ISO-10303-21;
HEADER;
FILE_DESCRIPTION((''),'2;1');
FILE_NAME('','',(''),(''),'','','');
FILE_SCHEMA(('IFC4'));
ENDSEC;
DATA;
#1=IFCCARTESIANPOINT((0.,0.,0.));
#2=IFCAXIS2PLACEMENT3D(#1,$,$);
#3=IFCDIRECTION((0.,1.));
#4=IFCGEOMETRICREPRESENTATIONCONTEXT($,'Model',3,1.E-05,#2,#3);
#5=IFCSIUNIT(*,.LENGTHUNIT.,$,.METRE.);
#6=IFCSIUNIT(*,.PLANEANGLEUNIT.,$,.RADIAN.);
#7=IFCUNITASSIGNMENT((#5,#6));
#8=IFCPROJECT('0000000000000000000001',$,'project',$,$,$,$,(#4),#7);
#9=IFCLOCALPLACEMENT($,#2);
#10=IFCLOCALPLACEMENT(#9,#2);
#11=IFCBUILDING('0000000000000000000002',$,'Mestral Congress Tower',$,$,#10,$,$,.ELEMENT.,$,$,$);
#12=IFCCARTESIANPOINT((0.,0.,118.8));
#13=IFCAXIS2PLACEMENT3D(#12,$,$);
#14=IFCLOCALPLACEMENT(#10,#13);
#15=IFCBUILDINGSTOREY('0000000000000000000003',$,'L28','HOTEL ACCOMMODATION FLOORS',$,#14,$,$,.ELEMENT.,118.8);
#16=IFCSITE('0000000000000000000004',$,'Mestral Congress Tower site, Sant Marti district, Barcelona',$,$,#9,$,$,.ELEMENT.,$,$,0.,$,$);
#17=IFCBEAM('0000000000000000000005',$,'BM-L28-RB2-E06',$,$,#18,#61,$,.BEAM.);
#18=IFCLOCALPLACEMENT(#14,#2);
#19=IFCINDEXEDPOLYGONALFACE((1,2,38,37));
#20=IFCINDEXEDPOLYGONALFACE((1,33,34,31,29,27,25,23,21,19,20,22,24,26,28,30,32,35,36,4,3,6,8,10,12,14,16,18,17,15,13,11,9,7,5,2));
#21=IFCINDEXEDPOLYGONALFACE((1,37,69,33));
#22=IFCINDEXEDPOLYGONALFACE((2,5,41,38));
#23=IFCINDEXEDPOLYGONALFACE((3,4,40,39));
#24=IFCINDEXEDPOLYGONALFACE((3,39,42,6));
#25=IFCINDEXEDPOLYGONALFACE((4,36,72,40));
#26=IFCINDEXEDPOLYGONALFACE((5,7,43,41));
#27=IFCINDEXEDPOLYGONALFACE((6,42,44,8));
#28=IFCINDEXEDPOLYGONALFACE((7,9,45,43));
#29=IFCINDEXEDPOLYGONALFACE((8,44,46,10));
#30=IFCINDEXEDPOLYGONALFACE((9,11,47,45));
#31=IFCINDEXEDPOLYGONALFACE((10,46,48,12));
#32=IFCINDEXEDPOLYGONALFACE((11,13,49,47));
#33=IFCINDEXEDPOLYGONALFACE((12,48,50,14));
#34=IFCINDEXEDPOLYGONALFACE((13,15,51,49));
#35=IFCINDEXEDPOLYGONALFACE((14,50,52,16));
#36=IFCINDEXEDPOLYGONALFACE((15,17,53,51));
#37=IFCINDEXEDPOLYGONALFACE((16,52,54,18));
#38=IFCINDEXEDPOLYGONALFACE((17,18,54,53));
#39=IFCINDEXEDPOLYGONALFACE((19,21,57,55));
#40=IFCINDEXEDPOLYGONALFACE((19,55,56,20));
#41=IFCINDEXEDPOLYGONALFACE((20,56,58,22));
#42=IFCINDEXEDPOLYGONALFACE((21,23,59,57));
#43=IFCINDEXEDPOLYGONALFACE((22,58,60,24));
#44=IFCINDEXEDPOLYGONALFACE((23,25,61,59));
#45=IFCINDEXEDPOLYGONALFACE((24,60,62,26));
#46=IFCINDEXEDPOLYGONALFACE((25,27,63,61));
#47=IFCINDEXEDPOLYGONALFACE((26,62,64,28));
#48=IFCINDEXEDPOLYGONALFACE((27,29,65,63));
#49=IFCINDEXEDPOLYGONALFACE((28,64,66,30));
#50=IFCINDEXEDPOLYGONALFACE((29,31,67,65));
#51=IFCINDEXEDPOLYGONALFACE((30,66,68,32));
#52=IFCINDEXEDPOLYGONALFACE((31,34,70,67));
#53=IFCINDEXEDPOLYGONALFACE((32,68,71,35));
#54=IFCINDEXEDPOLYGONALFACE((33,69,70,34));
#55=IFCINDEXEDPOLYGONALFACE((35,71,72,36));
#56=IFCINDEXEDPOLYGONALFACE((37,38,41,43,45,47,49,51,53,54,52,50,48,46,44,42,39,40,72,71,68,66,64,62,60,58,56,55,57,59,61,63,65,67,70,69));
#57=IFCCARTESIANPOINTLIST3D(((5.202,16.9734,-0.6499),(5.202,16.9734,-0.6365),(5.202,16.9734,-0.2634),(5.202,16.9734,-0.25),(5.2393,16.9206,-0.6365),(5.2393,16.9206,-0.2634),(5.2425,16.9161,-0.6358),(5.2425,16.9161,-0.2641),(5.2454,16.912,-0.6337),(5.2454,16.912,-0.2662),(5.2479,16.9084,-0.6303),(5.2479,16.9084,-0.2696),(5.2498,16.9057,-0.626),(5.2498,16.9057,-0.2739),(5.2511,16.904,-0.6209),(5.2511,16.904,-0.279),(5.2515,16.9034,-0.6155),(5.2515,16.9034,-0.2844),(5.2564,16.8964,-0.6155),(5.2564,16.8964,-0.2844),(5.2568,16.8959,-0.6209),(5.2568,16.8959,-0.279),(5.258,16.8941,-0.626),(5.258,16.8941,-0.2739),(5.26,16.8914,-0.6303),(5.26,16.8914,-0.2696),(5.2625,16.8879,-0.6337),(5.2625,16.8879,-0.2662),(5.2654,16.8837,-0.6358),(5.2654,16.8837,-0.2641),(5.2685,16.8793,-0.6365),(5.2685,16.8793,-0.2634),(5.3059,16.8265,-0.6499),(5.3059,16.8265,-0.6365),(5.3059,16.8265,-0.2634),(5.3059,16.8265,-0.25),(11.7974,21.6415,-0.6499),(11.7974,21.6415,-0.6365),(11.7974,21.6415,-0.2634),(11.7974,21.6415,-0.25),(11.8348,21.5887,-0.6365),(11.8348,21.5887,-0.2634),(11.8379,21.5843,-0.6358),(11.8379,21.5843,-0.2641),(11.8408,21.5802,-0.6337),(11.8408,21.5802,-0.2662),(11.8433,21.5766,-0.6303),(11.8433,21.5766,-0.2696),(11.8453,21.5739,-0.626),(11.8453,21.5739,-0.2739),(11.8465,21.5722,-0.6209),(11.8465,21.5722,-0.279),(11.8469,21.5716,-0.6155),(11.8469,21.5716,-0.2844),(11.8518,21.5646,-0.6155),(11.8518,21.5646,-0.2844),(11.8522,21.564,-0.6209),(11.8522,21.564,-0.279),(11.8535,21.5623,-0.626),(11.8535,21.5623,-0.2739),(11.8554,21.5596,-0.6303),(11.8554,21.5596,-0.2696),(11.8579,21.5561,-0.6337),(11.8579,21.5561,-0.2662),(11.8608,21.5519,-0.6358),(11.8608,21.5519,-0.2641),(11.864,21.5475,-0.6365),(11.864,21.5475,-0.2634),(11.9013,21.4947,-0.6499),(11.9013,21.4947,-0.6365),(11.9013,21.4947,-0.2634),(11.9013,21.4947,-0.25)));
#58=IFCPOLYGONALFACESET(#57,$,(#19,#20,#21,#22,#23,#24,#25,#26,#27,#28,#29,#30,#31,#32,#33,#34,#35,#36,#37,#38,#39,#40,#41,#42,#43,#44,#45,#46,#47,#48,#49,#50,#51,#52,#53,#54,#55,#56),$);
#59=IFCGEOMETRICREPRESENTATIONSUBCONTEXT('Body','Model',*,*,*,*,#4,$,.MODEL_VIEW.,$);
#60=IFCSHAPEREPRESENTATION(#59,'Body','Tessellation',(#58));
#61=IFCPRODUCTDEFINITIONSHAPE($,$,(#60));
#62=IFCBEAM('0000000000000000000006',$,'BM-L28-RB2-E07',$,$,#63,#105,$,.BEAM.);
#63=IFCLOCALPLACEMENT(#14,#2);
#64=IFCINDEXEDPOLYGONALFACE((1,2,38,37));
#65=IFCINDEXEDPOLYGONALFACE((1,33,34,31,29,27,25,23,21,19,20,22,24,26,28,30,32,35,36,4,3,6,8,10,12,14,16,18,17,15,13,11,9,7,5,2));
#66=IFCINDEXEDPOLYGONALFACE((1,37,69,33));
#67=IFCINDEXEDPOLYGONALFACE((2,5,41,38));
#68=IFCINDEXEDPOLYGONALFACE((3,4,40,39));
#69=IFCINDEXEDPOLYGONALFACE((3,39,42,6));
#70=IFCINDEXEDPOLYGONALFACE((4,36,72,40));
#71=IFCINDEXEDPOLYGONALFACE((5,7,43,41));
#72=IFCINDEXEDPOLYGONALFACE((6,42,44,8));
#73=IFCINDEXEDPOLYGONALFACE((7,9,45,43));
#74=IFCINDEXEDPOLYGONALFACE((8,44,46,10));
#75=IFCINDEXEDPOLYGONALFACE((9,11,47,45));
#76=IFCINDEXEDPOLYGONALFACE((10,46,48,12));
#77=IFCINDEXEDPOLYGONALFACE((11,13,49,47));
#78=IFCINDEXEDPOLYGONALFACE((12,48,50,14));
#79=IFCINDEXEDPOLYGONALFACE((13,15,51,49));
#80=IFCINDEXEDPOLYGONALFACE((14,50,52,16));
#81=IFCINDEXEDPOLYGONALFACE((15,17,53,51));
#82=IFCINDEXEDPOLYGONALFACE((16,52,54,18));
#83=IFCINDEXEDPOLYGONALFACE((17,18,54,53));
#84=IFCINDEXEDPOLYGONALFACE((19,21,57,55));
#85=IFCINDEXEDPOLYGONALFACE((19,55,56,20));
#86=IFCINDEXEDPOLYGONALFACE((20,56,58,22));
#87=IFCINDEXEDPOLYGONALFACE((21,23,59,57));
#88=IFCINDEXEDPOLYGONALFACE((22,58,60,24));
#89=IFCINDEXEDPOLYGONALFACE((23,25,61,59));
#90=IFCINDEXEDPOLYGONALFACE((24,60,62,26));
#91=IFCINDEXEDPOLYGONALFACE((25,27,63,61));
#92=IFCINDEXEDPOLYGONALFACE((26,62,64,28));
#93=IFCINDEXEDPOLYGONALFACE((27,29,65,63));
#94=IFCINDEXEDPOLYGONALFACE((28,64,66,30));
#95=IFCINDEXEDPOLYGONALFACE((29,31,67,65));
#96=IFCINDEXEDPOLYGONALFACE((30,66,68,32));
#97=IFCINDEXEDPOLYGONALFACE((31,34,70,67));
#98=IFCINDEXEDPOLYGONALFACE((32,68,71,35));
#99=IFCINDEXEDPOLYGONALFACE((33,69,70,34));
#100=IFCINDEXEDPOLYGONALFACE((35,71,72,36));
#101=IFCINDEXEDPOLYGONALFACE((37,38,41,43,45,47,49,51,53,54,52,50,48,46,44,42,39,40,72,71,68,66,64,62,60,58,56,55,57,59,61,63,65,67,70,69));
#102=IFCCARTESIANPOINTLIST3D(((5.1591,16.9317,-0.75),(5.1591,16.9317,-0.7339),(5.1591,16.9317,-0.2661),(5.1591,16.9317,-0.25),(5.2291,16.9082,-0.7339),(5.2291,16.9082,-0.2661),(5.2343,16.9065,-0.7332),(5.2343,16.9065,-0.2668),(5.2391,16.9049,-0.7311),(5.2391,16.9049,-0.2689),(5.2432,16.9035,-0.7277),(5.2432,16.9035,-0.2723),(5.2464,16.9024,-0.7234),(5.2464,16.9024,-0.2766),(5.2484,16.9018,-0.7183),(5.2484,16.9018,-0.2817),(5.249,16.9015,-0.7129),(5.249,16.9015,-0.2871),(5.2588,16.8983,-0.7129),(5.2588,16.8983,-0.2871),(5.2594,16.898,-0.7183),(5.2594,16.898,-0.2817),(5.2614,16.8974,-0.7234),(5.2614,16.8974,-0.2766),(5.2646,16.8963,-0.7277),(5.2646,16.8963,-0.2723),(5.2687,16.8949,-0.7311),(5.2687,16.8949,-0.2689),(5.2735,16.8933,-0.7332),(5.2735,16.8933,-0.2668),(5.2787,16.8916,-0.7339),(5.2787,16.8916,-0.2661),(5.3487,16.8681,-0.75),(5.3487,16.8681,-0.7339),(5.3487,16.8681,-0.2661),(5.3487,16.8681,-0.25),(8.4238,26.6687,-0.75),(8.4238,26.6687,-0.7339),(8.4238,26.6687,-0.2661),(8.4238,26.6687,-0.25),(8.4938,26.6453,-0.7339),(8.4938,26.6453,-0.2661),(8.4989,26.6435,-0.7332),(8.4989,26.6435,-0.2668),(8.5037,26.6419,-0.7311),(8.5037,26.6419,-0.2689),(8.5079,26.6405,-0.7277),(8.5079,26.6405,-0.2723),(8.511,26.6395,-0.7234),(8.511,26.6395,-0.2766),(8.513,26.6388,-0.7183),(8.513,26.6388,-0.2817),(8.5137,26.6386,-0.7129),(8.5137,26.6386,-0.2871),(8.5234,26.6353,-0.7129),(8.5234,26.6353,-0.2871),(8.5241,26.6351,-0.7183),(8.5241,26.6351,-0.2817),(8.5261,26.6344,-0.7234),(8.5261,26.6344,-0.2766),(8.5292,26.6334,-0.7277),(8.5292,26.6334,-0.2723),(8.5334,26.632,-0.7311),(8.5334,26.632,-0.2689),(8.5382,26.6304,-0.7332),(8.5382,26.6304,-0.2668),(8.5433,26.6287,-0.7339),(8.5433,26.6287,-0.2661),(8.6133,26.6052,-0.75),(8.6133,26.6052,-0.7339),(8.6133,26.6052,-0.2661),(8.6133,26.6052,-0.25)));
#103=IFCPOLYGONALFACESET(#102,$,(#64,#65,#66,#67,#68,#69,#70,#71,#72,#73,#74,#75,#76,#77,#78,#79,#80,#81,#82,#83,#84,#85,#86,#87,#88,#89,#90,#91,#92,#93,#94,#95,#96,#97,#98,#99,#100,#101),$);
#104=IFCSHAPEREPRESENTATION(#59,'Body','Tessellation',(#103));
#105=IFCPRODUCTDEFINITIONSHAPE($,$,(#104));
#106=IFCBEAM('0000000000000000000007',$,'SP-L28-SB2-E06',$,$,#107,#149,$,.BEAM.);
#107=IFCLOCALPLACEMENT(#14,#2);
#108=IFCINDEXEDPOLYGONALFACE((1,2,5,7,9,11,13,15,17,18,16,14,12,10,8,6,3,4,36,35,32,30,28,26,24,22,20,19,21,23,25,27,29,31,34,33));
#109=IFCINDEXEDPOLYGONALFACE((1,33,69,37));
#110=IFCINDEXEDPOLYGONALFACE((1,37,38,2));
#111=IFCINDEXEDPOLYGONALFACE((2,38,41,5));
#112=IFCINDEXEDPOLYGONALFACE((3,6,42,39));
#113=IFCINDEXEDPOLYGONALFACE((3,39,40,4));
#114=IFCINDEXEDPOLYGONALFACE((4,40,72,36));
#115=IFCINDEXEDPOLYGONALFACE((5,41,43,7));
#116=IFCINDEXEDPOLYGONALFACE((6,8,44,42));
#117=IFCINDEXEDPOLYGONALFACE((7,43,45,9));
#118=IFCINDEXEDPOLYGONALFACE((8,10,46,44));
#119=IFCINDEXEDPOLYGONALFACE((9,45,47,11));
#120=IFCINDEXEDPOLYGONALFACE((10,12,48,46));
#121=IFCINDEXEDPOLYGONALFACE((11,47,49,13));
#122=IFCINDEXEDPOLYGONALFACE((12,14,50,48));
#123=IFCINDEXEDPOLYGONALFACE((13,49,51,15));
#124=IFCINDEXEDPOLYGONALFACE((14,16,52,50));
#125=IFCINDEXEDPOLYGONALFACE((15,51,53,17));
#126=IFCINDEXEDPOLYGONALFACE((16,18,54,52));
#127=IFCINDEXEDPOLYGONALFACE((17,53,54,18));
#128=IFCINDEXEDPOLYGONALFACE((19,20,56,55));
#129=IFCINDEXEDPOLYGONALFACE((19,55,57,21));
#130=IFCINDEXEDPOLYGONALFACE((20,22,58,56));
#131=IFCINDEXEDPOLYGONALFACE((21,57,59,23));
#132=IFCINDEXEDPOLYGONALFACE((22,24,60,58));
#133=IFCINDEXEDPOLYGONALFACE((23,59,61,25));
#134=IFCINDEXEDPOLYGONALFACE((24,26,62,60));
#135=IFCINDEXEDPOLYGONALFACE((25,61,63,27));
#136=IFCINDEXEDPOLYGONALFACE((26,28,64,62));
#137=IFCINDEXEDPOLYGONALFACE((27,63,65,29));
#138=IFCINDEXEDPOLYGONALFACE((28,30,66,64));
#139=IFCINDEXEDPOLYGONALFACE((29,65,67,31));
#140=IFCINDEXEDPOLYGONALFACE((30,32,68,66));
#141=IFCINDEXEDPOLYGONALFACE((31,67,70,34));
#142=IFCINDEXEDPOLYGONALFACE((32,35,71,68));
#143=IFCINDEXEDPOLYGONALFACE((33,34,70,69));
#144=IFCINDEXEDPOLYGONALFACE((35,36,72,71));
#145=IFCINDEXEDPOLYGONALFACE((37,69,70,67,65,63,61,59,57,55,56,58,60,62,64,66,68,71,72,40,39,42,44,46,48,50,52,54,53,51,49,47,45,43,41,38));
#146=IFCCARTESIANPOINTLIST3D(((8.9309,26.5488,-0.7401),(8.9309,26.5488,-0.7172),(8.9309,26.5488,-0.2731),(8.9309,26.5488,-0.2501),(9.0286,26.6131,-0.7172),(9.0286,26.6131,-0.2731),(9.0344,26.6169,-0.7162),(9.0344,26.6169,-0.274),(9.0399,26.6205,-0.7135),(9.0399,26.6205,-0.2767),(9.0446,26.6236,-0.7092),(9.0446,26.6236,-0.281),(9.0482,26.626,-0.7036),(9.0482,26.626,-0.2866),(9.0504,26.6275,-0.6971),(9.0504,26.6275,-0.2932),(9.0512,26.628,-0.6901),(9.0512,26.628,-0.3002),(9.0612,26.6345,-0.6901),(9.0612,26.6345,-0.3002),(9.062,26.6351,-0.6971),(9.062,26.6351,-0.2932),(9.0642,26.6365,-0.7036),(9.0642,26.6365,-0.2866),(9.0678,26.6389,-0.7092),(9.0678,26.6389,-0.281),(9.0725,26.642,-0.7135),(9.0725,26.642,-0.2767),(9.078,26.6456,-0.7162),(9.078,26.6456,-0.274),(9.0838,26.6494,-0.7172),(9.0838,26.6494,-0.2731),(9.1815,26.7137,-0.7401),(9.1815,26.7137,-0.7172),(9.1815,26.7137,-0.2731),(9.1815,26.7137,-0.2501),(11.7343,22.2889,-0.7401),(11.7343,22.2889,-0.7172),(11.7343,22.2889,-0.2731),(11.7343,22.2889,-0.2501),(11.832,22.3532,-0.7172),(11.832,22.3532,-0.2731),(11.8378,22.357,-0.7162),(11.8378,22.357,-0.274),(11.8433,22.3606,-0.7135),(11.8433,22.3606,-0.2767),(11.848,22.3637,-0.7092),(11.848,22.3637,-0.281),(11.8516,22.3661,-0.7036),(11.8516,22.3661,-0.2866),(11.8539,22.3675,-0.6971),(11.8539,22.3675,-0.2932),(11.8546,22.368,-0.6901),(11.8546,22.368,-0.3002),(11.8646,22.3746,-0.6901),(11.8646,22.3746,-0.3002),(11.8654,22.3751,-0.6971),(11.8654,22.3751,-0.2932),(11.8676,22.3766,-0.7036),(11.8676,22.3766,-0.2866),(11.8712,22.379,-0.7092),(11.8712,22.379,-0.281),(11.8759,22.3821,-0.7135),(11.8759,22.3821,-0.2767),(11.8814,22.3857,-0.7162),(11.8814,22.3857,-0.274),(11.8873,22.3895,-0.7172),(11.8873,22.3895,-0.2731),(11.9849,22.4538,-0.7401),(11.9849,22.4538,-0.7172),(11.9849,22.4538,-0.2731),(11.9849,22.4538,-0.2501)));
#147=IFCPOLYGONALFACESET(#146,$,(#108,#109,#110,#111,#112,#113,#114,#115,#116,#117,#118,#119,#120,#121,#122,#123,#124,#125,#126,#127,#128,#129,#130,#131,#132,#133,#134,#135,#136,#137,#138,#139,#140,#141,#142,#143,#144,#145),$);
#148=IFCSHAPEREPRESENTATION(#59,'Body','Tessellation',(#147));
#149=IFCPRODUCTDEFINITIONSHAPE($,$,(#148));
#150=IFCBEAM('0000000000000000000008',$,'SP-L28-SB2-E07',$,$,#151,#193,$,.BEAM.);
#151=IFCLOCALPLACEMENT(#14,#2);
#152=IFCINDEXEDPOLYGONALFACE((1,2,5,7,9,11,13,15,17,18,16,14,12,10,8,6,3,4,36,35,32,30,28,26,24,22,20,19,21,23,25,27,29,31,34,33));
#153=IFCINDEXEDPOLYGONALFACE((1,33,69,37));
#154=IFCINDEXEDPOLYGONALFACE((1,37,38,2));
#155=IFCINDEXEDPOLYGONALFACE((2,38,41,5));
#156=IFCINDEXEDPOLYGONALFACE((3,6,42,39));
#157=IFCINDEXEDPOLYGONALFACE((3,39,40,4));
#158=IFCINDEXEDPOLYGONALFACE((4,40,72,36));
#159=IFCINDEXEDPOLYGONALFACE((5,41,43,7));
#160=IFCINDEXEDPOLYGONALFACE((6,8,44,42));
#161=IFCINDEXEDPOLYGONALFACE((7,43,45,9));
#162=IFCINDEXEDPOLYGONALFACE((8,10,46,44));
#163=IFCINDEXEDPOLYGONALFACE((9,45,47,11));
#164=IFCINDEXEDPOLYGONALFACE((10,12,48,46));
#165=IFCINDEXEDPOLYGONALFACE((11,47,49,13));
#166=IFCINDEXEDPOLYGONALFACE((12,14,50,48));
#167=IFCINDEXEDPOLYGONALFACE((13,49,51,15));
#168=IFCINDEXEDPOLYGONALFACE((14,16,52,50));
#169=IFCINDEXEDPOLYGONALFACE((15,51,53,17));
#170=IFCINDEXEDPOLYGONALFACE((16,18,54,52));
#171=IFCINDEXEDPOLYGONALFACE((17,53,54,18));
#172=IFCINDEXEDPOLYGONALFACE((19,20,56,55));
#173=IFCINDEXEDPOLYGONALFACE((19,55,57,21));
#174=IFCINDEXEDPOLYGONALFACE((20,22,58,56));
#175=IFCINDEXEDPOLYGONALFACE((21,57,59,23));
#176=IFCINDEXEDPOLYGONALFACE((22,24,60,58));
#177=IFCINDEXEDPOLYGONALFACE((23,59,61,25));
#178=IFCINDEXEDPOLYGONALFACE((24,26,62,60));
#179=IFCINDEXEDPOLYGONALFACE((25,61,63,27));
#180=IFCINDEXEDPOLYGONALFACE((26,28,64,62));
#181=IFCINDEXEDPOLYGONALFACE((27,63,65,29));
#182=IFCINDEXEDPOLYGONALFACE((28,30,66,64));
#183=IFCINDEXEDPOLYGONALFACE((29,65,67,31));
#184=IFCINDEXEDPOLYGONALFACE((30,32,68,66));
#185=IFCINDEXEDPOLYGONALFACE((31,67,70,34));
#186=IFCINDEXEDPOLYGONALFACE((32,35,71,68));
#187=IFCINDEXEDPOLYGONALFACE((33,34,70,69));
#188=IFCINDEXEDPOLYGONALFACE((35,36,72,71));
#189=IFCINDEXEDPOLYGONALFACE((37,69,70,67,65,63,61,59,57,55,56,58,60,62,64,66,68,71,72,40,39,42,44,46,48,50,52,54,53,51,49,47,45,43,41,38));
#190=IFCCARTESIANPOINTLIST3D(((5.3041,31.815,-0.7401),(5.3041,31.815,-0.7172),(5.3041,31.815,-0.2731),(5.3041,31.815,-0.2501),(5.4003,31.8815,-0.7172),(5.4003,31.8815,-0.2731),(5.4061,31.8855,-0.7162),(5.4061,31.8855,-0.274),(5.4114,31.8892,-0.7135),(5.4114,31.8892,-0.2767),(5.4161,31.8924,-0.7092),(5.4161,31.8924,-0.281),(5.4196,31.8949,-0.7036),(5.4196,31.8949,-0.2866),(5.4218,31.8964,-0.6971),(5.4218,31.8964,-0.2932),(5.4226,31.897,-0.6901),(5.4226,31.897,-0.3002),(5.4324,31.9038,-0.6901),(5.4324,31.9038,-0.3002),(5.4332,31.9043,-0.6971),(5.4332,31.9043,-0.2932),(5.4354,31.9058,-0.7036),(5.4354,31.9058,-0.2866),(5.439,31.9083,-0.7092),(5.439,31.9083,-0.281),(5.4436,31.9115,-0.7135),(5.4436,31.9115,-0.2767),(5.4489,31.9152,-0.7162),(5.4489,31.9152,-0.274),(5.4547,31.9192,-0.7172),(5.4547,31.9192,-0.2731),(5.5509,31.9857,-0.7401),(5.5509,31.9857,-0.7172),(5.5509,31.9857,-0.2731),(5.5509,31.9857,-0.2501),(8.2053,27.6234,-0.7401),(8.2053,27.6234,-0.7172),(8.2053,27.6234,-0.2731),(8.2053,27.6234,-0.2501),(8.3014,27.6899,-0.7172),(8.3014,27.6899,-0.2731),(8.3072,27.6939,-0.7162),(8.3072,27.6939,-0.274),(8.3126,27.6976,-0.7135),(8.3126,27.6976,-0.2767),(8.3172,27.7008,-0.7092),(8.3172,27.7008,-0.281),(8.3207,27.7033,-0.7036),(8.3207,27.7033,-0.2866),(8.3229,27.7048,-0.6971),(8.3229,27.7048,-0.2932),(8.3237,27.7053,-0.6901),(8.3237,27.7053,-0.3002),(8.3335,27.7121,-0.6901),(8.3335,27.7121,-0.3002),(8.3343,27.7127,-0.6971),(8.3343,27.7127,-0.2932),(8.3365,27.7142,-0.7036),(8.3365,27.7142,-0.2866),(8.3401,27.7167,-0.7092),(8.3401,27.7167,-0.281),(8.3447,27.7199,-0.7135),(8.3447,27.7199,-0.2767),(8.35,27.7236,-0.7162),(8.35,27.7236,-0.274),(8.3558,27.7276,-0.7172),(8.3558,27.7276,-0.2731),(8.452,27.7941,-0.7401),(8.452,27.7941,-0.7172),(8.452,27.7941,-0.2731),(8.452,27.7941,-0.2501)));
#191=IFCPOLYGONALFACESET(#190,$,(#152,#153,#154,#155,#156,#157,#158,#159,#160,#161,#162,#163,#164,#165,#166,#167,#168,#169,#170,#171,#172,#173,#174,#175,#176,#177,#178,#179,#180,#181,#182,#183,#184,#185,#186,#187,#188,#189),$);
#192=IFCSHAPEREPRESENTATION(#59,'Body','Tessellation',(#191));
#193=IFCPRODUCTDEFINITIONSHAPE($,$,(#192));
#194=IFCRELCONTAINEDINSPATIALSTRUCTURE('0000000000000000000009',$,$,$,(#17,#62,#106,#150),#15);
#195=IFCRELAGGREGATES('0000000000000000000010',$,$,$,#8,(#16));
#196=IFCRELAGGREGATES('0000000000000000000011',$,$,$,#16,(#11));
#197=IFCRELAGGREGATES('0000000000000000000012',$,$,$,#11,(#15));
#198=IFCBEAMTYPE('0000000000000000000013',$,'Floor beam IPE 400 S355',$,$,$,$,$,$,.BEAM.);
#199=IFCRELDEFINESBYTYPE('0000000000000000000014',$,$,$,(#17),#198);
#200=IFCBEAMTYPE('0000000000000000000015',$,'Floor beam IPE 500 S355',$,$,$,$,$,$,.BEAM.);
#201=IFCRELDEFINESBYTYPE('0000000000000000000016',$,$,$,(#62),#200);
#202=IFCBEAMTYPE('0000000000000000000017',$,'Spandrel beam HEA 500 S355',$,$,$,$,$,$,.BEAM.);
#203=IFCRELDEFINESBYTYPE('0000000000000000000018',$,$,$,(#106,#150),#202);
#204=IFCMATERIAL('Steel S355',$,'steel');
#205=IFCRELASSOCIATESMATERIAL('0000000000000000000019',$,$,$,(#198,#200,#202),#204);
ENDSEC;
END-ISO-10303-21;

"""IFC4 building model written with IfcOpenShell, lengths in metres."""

from ifc_helpers import new_model, si_unit, direction, frame, origin, origin_2d, place, context, subcontext, project, spatial, i_section, extrude, material, material_profile, profile_set, type_object, element, save


model = new_model("IFC4")

# Units and contexts
model_context = context("Model", 3, precision=1e-05, world=origin(), true_north=direction((0.0, 1.0)))
body_context = subcontext(model_context, "Body", "Model", "MODEL_VIEW")
ifc_project = project(units=[si_unit("LENGTHUNIT", "METRE"), si_unit("PLANEANGLEUNIT", "RADIAN")], contexts=[model_context])

# Site, building, storey
site_placement = place(None, origin())
site = spatial("IfcSite", under=ifc_project, at=site_placement, Name="Mestral Congress Tower site, Sant Marti district, Barcelona", CompositionType="ELEMENT", RefElevation=0.0)
building_placement = place(site_placement, origin())
building = spatial("IfcBuilding", under=site, at=building_placement, Name="Mestral Congress Tower", CompositionType="ELEMENT")
storey_placement = place(building_placement, frame((0.0, 0.0, 118.8)))
storey = spatial("IfcBuildingStorey", under=building, at=storey_placement, Name="L28", Description="HOTEL ACCOMMODATION FLOORS", CompositionType="ELEMENT", Elevation=118.8)

# Beams
ifc_material_1 = material(Name="Steel S355", Category="steel")
ifc_material_profile_1 = material_profile(ifc_material_1, i_section(OverallWidth=0.1799, OverallDepth=0.3999, WebThickness=0.0085, FlangeThickness=0.0134, FilletRadius=0.021, at=origin_2d()), Name="IPE 400")
ifc_profile_set_1 = profile_set([ifc_material_profile_1], Name="Steel S355")
beam_type_1 = type_object("IfcBeamType", Name="Floor beam IPE 400 S355", PredefinedType="BEAM", material=ifc_profile_set_1)
beam_1_placement = place(storey_placement, frame((11.8494, 21.5681, -0.45), z_axis=(-0.816233, -0.577723, 0.0), x_axis=(0.577723, -0.816233, 0.0)))
element("IfcBeam", 1, at=beam_1_placement, inside=storey, type_object=beam_type_1, Name="BM-L28-RB2-E06", PredefinedType="BEAM", context=body_context, shape_type="SweptSolid", body=[
    extrude(i_section(OverallWidth=0.1799, OverallDepth=0.3999, WebThickness=0.0085, FlangeThickness=0.0134, FilletRadius=0.021, at=origin_2d()), origin(), (0.0, 0.0, 1.0), 8.0803),
])
ifc_material_profile_2 = material_profile(ifc_material_1, i_section(OverallWidth=0.2, OverallDepth=0.5, WebThickness=0.0103, FlangeThickness=0.0161, FilletRadius=0.021, at=origin_2d()), Name="IPE 500")
ifc_profile_set_2 = profile_set([ifc_material_profile_2], Name="Steel S355")
beam_type_2 = type_object("IfcBeamType", Name="Floor beam IPE 500 S355", PredefinedType="BEAM", material=ifc_profile_set_2)
beam_2_placement = place(storey_placement, frame((8.5186, 26.637, -0.5), z_axis=(-0.317889, -0.948128, 0.0), x_axis=(0.948128, -0.317889, 0.0)))
element("IfcBeam", 2, at=beam_2_placement, inside=storey, type_object=beam_type_2, Name="BM-L28-RB2-E07", PredefinedType="BEAM", context=body_context, shape_type="SweptSolid", body=[
    extrude(i_section(OverallWidth=0.2, OverallDepth=0.5, WebThickness=0.0103, FlangeThickness=0.0161, FilletRadius=0.021, at=origin_2d()), origin(), (0.0, 0.0, 1.0), 10.2698),
])
ifc_material_profile_3 = material_profile(ifc_material_1, i_section(OverallWidth=0.3, OverallDepth=0.49, WebThickness=0.012, FlangeThickness=0.0229, FilletRadius=0.0271, at=origin_2d()), Name="HEA 500")
ifc_profile_set_3 = profile_set([ifc_material_profile_3], Name="Steel S355")
beam_type_3 = type_object("IfcBeamType", Name="Spandrel beam HEA 500 S355", PredefinedType="BEAM", material=ifc_profile_set_3)
beam_3_placement = place(storey_placement, frame((11.8596, 22.3713, -0.4951), z_axis=(-0.54973, 0.835342, 0.0), x_axis=(-0.835342, -0.54973, 0.0)))
element("IfcBeam", 3, at=beam_3_placement, inside=storey, type_object=beam_type_3, Name="SP-L28-SB2-E06", PredefinedType="BEAM", context=body_context, shape_type="SweptSolid", body=[
    extrude(i_section(OverallWidth=0.3, OverallDepth=0.49, WebThickness=0.012, FlangeThickness=0.0229, FilletRadius=0.0271, at=origin_2d()), origin(), (0.0, 0.0, 1.0), 5.0996),
])
beam_4_placement = place(storey_placement, frame((8.3286, 27.7087, -0.4951), z_axis=(-0.569105, 0.822265, 0.0), x_axis=(-0.822265, -0.569105, 0.0)))
element("IfcBeam", 4, at=beam_4_placement, inside=storey, type_object=beam_type_3, Name="SP-L28-SB2-E07", PredefinedType="BEAM", context=body_context, shape_type="SweptSolid", body=[
    extrude(i_section(OverallWidth=0.3, OverallDepth=0.49, WebThickness=0.012, FlangeThickness=0.0229, FilletRadius=0.0271, at=origin_2d()), origin(), (0.0, 0.0, 1.0), 5.0977),
])

save(model, "model.ifc")
